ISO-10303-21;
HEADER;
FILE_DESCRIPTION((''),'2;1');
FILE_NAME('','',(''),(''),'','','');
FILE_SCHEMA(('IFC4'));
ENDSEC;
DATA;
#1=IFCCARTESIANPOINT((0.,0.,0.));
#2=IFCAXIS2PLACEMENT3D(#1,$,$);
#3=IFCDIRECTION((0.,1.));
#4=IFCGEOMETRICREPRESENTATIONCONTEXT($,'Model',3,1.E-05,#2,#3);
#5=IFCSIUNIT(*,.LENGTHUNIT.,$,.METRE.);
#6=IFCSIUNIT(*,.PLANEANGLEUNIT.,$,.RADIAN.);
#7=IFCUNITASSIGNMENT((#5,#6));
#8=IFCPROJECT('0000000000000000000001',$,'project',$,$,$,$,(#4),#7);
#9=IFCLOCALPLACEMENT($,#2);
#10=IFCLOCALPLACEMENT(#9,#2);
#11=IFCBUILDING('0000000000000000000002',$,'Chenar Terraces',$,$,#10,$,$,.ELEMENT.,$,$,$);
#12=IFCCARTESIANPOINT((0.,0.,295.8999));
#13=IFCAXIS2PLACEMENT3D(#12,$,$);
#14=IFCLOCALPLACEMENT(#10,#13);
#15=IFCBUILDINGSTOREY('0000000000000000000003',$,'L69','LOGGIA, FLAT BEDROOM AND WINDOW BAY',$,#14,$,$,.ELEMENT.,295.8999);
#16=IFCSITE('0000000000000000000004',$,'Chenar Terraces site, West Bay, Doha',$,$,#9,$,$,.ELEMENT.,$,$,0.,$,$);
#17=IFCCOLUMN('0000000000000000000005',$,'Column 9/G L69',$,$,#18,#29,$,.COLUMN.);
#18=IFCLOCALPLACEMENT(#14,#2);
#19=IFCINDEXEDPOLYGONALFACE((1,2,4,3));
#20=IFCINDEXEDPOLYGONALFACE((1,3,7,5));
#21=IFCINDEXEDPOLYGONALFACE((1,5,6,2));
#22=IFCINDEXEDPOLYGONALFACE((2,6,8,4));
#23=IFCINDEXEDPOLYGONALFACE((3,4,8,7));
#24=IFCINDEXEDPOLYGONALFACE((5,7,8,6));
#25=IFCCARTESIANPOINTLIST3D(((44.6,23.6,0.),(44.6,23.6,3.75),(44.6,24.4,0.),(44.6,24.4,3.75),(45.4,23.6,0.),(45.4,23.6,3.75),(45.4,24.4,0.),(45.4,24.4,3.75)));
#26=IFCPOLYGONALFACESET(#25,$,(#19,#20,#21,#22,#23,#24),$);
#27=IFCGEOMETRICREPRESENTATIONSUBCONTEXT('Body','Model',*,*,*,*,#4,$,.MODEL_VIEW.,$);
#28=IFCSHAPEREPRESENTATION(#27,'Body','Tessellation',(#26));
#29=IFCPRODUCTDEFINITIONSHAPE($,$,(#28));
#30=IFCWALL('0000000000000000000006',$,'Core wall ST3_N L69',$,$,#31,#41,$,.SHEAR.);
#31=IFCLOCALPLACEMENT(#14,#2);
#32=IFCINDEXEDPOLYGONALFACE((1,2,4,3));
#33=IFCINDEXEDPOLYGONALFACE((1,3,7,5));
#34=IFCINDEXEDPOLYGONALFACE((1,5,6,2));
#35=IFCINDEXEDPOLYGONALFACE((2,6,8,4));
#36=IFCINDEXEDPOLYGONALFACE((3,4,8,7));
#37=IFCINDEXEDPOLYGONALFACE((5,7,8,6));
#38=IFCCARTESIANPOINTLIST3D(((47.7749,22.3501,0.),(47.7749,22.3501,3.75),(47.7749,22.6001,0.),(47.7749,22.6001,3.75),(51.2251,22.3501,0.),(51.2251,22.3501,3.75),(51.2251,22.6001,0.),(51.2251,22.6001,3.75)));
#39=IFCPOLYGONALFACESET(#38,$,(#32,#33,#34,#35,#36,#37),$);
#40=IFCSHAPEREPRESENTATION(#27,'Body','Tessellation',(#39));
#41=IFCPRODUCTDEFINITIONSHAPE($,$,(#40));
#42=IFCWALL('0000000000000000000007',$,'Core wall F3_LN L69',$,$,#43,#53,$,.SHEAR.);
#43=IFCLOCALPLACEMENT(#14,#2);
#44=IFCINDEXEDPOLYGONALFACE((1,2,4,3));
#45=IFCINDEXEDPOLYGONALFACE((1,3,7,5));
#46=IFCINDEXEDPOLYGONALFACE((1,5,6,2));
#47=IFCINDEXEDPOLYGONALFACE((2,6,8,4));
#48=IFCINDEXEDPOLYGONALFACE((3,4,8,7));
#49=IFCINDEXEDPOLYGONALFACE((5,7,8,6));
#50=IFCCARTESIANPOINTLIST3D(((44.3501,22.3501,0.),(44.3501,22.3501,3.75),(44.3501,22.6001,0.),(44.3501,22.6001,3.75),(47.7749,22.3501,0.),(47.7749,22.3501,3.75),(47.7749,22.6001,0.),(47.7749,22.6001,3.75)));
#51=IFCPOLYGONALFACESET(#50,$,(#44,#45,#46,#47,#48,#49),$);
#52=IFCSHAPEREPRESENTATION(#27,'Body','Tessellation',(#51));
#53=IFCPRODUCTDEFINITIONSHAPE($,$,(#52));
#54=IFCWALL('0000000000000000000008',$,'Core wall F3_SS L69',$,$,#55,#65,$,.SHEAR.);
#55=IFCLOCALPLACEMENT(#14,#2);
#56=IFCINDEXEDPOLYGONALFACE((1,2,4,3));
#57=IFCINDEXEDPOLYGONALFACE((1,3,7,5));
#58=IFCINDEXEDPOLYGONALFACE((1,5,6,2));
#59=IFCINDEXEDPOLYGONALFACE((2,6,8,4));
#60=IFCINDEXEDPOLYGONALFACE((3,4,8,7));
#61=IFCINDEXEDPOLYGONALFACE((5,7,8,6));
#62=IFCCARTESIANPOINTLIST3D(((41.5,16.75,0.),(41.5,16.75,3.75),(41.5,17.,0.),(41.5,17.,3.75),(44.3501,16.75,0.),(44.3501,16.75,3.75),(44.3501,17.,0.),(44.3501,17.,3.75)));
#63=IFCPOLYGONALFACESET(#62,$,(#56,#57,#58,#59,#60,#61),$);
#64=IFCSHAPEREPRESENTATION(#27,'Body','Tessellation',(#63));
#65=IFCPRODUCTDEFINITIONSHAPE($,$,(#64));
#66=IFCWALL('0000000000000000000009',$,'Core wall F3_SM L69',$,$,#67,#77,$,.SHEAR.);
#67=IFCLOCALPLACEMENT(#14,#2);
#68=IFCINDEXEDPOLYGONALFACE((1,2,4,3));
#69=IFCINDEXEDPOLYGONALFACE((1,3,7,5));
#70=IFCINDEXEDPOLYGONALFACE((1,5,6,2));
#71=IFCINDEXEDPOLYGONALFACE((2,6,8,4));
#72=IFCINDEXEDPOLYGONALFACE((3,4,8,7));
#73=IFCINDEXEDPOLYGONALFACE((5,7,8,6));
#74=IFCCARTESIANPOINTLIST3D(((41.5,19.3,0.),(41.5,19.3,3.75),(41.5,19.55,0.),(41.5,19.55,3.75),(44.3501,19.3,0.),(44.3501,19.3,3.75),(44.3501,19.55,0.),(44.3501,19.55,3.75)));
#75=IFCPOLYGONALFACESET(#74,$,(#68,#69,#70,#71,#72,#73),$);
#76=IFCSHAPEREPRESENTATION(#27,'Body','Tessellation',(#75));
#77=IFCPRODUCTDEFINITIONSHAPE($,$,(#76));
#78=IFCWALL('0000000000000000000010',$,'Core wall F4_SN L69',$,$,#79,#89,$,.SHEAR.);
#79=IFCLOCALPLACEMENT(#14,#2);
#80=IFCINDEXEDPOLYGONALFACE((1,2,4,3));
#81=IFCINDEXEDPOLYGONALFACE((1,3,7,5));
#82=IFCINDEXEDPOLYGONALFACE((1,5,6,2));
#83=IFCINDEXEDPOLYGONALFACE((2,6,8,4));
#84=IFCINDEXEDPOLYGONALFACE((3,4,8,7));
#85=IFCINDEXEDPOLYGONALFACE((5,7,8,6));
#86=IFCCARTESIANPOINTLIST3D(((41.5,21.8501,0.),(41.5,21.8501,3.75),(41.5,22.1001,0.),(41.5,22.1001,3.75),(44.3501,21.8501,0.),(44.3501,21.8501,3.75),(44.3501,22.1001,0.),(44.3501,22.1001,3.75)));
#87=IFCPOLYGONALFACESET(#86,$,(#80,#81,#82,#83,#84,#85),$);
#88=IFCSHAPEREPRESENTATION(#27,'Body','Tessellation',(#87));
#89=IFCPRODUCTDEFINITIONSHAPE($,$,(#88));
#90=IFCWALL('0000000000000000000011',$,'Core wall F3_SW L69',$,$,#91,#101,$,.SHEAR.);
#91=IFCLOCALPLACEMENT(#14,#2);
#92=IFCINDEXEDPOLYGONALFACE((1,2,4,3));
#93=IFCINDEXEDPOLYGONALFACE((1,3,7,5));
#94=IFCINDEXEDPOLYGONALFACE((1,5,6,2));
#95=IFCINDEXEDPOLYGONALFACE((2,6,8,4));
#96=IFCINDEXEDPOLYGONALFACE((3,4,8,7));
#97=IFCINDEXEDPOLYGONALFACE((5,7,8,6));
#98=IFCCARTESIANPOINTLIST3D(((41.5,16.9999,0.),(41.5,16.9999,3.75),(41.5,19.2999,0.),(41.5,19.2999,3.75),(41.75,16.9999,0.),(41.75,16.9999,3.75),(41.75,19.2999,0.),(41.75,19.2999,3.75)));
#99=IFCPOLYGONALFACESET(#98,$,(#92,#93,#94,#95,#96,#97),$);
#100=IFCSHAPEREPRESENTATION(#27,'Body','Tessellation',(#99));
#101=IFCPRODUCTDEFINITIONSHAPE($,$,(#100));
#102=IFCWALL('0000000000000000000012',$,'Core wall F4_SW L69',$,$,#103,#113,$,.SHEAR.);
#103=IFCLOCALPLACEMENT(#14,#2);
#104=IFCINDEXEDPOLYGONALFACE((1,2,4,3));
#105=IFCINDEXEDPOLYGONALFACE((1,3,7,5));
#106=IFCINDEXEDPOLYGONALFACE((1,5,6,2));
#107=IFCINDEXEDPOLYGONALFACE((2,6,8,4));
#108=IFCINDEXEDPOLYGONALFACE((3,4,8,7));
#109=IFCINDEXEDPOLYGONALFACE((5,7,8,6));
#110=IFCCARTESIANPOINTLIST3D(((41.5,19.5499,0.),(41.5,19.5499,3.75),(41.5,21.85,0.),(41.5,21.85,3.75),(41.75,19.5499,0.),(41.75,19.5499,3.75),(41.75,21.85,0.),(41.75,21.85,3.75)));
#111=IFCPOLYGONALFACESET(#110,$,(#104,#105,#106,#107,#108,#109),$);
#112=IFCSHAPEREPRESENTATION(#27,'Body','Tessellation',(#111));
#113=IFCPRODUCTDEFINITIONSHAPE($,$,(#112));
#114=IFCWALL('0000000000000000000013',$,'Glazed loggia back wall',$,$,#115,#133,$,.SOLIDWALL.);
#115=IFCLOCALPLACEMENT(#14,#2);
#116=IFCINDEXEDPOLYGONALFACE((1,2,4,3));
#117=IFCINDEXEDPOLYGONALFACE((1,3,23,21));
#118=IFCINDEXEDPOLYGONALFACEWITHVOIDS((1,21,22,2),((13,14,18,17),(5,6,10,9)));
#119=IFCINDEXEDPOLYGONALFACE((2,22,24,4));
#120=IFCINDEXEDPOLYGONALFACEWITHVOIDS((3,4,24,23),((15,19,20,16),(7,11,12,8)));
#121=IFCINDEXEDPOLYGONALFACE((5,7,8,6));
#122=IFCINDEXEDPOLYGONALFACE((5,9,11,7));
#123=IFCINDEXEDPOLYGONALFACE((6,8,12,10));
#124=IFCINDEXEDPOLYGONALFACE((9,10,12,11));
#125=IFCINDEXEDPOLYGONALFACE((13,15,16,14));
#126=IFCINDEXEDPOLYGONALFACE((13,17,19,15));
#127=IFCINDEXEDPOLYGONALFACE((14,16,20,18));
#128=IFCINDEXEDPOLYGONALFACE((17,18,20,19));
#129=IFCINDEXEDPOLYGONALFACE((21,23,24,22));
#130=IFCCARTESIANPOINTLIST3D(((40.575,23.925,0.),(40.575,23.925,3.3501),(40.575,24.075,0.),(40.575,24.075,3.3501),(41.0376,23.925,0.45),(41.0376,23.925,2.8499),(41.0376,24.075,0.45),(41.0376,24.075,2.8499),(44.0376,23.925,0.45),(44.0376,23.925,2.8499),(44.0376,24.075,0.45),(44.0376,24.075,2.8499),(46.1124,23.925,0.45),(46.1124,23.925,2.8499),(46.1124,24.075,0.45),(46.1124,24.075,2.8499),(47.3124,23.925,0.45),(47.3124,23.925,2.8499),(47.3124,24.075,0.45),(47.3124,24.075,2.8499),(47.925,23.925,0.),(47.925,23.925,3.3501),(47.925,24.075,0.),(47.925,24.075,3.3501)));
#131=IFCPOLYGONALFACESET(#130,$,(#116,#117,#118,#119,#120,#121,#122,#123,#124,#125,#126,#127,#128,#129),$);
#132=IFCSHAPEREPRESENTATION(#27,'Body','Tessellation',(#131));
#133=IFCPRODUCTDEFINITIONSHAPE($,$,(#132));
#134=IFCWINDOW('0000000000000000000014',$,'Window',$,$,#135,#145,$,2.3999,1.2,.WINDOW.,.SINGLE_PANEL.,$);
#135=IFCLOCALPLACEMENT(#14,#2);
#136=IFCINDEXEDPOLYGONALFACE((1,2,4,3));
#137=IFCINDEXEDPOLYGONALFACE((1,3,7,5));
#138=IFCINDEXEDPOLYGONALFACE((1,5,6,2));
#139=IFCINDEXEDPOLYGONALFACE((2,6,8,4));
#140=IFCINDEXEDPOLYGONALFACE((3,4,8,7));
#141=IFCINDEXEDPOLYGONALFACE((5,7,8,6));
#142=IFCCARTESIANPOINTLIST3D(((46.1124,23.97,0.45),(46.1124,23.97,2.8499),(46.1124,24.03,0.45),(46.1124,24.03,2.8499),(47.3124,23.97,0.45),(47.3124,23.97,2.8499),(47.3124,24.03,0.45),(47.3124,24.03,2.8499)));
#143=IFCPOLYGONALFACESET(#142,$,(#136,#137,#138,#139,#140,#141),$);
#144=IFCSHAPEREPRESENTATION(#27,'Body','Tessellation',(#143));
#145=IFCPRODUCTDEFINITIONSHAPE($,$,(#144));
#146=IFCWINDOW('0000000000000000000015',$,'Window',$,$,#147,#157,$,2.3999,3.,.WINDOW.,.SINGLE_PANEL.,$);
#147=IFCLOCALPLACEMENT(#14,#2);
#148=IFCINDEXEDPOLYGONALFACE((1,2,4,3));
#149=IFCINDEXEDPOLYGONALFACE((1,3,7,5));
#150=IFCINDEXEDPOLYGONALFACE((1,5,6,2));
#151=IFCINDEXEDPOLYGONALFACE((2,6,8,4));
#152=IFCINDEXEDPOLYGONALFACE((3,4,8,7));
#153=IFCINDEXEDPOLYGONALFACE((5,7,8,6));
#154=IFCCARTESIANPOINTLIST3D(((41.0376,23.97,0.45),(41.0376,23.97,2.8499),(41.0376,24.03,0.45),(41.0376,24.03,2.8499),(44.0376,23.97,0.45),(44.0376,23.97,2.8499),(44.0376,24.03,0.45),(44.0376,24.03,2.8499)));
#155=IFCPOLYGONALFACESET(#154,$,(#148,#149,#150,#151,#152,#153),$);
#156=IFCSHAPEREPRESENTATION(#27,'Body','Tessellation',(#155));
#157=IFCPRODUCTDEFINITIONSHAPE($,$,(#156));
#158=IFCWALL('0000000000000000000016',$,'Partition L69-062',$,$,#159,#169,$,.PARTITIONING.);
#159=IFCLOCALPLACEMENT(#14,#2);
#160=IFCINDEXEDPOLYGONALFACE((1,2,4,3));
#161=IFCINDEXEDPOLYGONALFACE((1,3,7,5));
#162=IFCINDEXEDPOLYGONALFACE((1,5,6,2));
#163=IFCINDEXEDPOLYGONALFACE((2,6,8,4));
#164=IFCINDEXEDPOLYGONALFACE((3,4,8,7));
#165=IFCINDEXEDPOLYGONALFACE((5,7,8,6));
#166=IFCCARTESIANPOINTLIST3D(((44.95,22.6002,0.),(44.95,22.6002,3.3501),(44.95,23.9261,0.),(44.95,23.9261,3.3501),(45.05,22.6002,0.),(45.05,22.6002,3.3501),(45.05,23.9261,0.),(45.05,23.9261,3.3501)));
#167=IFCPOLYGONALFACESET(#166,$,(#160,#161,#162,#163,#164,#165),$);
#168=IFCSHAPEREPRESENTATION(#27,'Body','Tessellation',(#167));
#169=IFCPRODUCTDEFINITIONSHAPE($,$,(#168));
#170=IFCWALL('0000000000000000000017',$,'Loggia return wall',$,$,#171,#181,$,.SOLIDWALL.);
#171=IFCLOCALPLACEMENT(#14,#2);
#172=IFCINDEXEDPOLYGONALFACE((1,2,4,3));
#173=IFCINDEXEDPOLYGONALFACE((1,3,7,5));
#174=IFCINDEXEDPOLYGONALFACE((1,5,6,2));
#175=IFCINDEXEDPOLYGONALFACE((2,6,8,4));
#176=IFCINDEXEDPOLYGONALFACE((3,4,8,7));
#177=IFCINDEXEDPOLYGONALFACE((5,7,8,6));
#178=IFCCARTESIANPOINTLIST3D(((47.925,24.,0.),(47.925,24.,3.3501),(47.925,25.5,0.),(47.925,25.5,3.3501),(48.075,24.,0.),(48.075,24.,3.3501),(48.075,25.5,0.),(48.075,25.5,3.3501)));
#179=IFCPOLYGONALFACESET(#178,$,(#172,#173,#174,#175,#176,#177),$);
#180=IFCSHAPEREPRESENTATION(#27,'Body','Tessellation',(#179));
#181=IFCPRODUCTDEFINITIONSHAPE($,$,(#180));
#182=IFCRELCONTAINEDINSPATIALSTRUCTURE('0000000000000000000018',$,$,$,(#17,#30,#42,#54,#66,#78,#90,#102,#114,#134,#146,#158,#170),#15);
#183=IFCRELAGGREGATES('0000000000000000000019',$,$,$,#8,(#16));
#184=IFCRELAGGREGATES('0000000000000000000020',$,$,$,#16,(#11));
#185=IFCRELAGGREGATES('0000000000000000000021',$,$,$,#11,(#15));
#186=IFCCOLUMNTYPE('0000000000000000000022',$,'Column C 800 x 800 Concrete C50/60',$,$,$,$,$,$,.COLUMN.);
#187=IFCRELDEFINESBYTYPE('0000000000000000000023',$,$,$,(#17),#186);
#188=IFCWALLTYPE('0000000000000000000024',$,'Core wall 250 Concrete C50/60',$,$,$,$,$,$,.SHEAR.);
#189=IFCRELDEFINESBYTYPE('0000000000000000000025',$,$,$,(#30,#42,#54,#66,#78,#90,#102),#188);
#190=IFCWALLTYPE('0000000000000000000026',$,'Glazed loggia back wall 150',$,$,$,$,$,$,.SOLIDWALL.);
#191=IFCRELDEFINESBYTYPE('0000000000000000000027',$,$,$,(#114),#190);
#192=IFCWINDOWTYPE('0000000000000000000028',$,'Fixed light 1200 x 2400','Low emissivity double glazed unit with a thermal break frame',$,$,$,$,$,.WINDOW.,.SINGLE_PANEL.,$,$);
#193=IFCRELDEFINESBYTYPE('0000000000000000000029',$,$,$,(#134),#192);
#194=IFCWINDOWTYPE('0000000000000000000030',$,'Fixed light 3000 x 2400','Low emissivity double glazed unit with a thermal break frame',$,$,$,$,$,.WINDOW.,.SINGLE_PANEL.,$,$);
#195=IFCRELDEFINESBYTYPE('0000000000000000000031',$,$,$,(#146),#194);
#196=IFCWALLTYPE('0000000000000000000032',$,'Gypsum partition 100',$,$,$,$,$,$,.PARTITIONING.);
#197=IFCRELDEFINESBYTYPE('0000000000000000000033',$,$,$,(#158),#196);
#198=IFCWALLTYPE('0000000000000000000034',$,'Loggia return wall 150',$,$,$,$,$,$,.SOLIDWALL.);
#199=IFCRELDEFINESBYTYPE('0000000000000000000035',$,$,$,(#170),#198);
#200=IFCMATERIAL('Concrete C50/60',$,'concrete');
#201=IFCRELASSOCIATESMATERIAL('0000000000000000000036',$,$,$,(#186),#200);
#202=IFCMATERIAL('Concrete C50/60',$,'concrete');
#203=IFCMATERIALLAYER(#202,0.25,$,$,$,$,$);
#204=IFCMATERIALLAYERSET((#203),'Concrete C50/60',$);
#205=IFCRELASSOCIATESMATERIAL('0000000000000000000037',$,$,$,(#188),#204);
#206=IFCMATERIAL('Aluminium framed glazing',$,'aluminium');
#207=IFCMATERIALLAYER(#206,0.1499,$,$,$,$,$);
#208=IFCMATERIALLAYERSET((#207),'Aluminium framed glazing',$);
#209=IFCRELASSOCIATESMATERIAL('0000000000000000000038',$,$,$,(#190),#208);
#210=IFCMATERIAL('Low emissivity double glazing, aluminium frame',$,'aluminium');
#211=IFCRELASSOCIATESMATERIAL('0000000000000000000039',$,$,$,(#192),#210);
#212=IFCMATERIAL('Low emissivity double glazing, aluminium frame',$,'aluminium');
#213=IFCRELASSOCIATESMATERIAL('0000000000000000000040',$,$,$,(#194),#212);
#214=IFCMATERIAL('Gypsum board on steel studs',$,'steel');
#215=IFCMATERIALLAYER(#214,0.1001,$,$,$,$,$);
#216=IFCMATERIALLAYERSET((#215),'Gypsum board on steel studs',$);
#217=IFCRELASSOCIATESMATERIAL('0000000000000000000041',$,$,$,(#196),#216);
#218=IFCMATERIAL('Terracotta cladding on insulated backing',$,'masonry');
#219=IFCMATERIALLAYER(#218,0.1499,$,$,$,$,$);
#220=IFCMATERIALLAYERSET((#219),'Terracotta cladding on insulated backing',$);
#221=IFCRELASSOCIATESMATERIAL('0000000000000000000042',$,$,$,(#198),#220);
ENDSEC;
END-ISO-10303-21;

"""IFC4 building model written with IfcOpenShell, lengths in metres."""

from ifc_helpers import new_model, si_unit, direction, frame, frame_2d, origin, origin_2d, place, context, subcontext, project, spatial, rectangle, extrude, material, layer, layer_set, material_profile, profile_set, type_object, element, fill, save


model = new_model("IFC4")

# Units and contexts
model_context = context("Model", 3, precision=1e-05, world=origin(), true_north=direction((0.0, 1.0)))
body_context = subcontext(model_context, "Body", "Model", "MODEL_VIEW")
ifc_project = project(units=[si_unit("LENGTHUNIT", "METRE"), si_unit("PLANEANGLEUNIT", "RADIAN")], contexts=[model_context])

# Site, building, storey
site_placement = place(None, origin())
site = spatial("IfcSite", under=ifc_project, at=site_placement, Name="Chenar Terraces site, West Bay, Doha", CompositionType="ELEMENT", RefElevation=0.0)
building_placement = place(site_placement, origin())
building = spatial("IfcBuilding", under=site, at=building_placement, Name="Chenar Terraces", CompositionType="ELEMENT")
storey_placement = place(building_placement, frame((0.0, 0.0, 295.8999)))
storey = spatial("IfcBuildingStorey", under=building, at=storey_placement, Name="L69", Description="LOGGIA, FLAT BEDROOM AND WINDOW BAY", CompositionType="ELEMENT", Elevation=295.8999)

# Column
ifc_material_1 = material(Name="Concrete C50/60", Category="concrete")
ifc_material_profile_1 = material_profile(ifc_material_1, rectangle(XDim=0.8, YDim=0.8, at=origin_2d()), Name="C 800 x 800")
ifc_profile_set_1 = profile_set([ifc_material_profile_1], Name="Concrete C50/60")
column_type = type_object("IfcColumnType", Name="Column C 800 x 800 Concrete C50/60", PredefinedType="COLUMN", material=ifc_profile_set_1)
column_placement = place(storey_placement, frame((45.0, 24.0, 0.0), z_axis=(0.0, 0.0, 1.0), x_axis=(1.0, 0.0, 0.0)))
element("IfcColumn", 1, at=column_placement, inside=storey, type_object=column_type, Name="Column 9/G L69", PredefinedType="COLUMN", context=body_context, shape_type="SweptSolid", body=[
    extrude(rectangle(XDim=0.8, YDim=0.8, at=origin_2d()), origin(), (0.0, 0.0, 1.0), 3.75),
])

# Walls
ifc_material_2 = material(Name="Concrete C50/60", Category="concrete")
ifc_layer_1 = layer(ifc_material_2, 0.25)
ifc_layer_set_1 = layer_set([ifc_layer_1], Name="Concrete C50/60")
wall_type_1 = type_object("IfcWallType", Name="Core wall 250 Concrete C50/60", PredefinedType="SHEAR", material=ifc_layer_set_1)
wall_1_placement = place(storey_placement, frame((47.7749, 22.4751, 0.0), z_axis=(0.0, 0.0, 1.0), x_axis=(1.0, 0.0, 0.0)))
element("IfcWall", 2, at=wall_1_placement, inside=storey, type_object=wall_type_1, Name="Core wall ST3_N L69", PredefinedType="SHEAR", context=body_context, shape_type="SweptSolid", body=[
    extrude(rectangle(XDim=3.4502, YDim=0.25, at=frame_2d((1.7251, 0.0))), origin(), (0.0, 0.0, 1.0), 3.75),
])
wall_2_placement = place(storey_placement, frame((44.3501, 22.4751, 0.0), z_axis=(0.0, 0.0, 1.0), x_axis=(1.0, 0.0, 0.0)))
element("IfcWall", 3, at=wall_2_placement, inside=storey, type_object=wall_type_1, Name="Core wall F3_LN L69", PredefinedType="SHEAR", context=body_context, shape_type="SweptSolid", body=[
    extrude(rectangle(XDim=3.4248, YDim=0.25, at=frame_2d((1.7124, 0.0))), origin(), (0.0, 0.0, 1.0), 3.75),
])
for number, where, z_axis, x_axis, name in (
    (4, (41.5, 16.875, 0.0), (0.0, 0.0, 1.0), (1.0, 0.0, 0.0), "Core wall F3_SS L69"),
    (5, (41.5, 19.425, 0.0), (0.0, 0.0, 1.0), (1.0, 0.0, 0.0), "Core wall F3_SM L69"),
    (6, (41.5, 21.9751, 0.0), (0.0, 0.0, 1.0), (1.0, 0.0, 0.0), "Core wall F4_SN L69"),
):
    element("IfcWall", number, at=place(storey_placement, frame(where, z_axis=z_axis, x_axis=x_axis)), inside=storey, type_object=wall_type_1, Name=name, PredefinedType="SHEAR", context=body_context, shape_type="SweptSolid", body=[
        extrude(rectangle(XDim=2.8501, YDim=0.25, at=frame_2d((1.425, 0.0))), origin(), (0.0, 0.0, 1.0), 3.75),
    ])
for number, where, z_axis, x_axis, name in (
    (7, (41.625, 17.0, 0.0), (0.0, 0.0, 1.0), (0.0, 1.0, 0.0), "Core wall F3_SW L69"),
    (8, (41.625, 19.55, 0.0), (0.0, 0.0, 1.0), (0.0, 1.0, 0.0), "Core wall F4_SW L69"),
):
    element("IfcWall", number, at=place(storey_placement, frame(where, z_axis=z_axis, x_axis=x_axis)), inside=storey, type_object=wall_type_1, Name=name, PredefinedType="SHEAR", context=body_context, shape_type="SweptSolid", body=[
        extrude(rectangle(XDim=2.3, YDim=0.25, at=frame_2d((1.1499, 0.0))), origin(), (0.0, 0.0, 1.0), 3.75),
    ])

# Wall, openings, windows
ifc_material_3 = material(Name="Aluminium framed glazing", Category="aluminium")
ifc_layer_2 = layer(ifc_material_3, 0.1499)
ifc_layer_set_2 = layer_set([ifc_layer_2], Name="Aluminium framed glazing")
wall_type_2 = type_object("IfcWallType", Name="Glazed loggia back wall 150", PredefinedType="SOLIDWALL", material=ifc_layer_set_2)
wall_3_placement = place(storey_placement, frame((47.925, 24.0, 0.0), z_axis=(0.0, 0.0, 1.0), x_axis=(-1.0, 0.0, 0.0)))
wall_3 = element("IfcWall", 9, at=wall_3_placement, inside=storey, type_object=wall_type_2, Name="Glazed loggia back wall", PredefinedType="SOLIDWALL", context=body_context, shape_type="SweptSolid", body=[
    extrude(rectangle(XDim=7.3501, YDim=0.1499, at=frame_2d((3.675, 0.0))), origin(), (0.0, 0.0, 1.0), 3.3501),
])
opening_1_placement = place(wall_3_placement, frame((0.6125, 0.0, 0.45)))
opening_1 = element("IfcOpeningElement", 10, at=opening_1_placement, cuts=wall_3, PredefinedType="OPENING", context=body_context, shape_type="SweptSolid", body=[
    extrude(rectangle(XDim=1.2, YDim=2.3999, at=frame_2d((0.6001, 1.2))), frame((0.0, 0.085, 0.0), z_axis=(0.0, -1.0, 0.0), x_axis=(1.0, 0.0, 0.0)), (0.0, 0.0, 1.0), 0.1699),
])
opening_2_placement = place(wall_3_placement, frame((3.8875, 0.0, 0.45)))
opening_2 = element("IfcOpeningElement", 11, at=opening_2_placement, cuts=wall_3, PredefinedType="OPENING", context=body_context, shape_type="SweptSolid", body=[
    extrude(rectangle(XDim=3.0, YDim=2.3999, at=frame_2d((1.5, 1.2))), frame((0.0, 0.085, 0.0), z_axis=(0.0, -1.0, 0.0), x_axis=(1.0, 0.0, 0.0)), (0.0, 0.0, 1.0), 0.1699),
])
ifc_material_4 = material(Name="Low emissivity double glazing, aluminium frame", Category="aluminium")
window_type_1 = type_object("IfcWindowType", Name="Fixed light 1200 x 2400", Description="Low emissivity double glazed unit with a thermal break frame", PartitioningType="SINGLE_PANEL", PredefinedType="WINDOW", material=ifc_material_4)
window_1_placement = place(opening_1_placement, origin())
window_1 = element("IfcWindow", 12, at=window_1_placement, inside=storey, type_object=window_type_1, Name="Window", OverallHeight=2.3999, OverallWidth=1.2, PartitioningType="SINGLE_PANEL", PredefinedType="WINDOW", context=body_context, shape_type="SweptSolid", body=[
    extrude(rectangle(XDim=1.2, YDim=2.3999, at=frame_2d((0.6001, 1.2))), frame((0.0, 0.03, 0.0), z_axis=(0.0, -1.0, 0.0), x_axis=(1.0, 0.0, 0.0)), (0.0, 0.0, 1.0), 0.0601),
])
fill(opening_1, window_1)
ifc_material_5 = material(Name="Low emissivity double glazing, aluminium frame", Category="aluminium")
window_type_2 = type_object("IfcWindowType", Name="Fixed light 3000 x 2400", Description="Low emissivity double glazed unit with a thermal break frame", PartitioningType="SINGLE_PANEL", PredefinedType="WINDOW", material=ifc_material_5)
window_2_placement = place(opening_2_placement, origin())
window_2 = element("IfcWindow", 13, at=window_2_placement, inside=storey, type_object=window_type_2, Name="Window", OverallHeight=2.3999, OverallWidth=3.0, PartitioningType="SINGLE_PANEL", PredefinedType="WINDOW", context=body_context, shape_type="SweptSolid", body=[
    extrude(rectangle(XDim=3.0, YDim=2.3999, at=frame_2d((1.5, 1.2))), frame((0.0, 0.03, 0.0), z_axis=(0.0, -1.0, 0.0), x_axis=(1.0, 0.0, 0.0)), (0.0, 0.0, 1.0), 0.0601),
])
fill(opening_2, window_2)

# Walls
ifc_material_6 = material(Name="Gypsum board on steel studs", Category="steel")
ifc_layer_3 = layer(ifc_material_6, 0.1001)
ifc_layer_set_3 = layer_set([ifc_layer_3], Name="Gypsum board on steel studs")
wall_type_3 = type_object("IfcWallType", Name="Gypsum partition 100", PredefinedType="PARTITIONING", material=ifc_layer_set_3)
wall_4_placement = place(storey_placement, frame((45.0, 22.6001, 0.0), z_axis=(0.0, 0.0, 1.0), x_axis=(0.0, 1.0, 0.0)))
element("IfcWall", 14, at=wall_4_placement, inside=storey, type_object=wall_type_3, Name="Partition L69-062", PredefinedType="PARTITIONING", context=body_context, shape_type="SweptSolid", body=[
    extrude(rectangle(XDim=1.3259, YDim=0.1001, at=frame_2d((0.6631, 0.0))), origin(), (0.0, 0.0, 1.0), 3.3501),
])
ifc_material_7 = material(Name="Terracotta cladding on insulated backing", Category="masonry")
ifc_layer_4 = layer(ifc_material_7, 0.1499)
ifc_layer_set_4 = layer_set([ifc_layer_4], Name="Terracotta cladding on insulated backing")
wall_type_4 = type_object("IfcWallType", Name="Loggia return wall 150", PredefinedType="SOLIDWALL", material=ifc_layer_set_4)
for number, where, z_axis, x_axis, name in (
    (15, (48.0, 25.5, 0.0), (0.0, 0.0, 1.0), (0.0, -1.0, 0.0), "Loggia return wall"),
):
    element("IfcWall", number, at=place(storey_placement, frame(where, z_axis=z_axis, x_axis=x_axis)), inside=storey, type_object=wall_type_4, Name=name, PredefinedType="SOLIDWALL", context=body_context, shape_type="SweptSolid", body=[
        extrude(rectangle(XDim=1.5, YDim=0.1499, at=frame_2d((0.75, 0.0))), origin(), (0.0, 0.0, 1.0), 3.3501),
    ])

save(model, "model.ifc")
